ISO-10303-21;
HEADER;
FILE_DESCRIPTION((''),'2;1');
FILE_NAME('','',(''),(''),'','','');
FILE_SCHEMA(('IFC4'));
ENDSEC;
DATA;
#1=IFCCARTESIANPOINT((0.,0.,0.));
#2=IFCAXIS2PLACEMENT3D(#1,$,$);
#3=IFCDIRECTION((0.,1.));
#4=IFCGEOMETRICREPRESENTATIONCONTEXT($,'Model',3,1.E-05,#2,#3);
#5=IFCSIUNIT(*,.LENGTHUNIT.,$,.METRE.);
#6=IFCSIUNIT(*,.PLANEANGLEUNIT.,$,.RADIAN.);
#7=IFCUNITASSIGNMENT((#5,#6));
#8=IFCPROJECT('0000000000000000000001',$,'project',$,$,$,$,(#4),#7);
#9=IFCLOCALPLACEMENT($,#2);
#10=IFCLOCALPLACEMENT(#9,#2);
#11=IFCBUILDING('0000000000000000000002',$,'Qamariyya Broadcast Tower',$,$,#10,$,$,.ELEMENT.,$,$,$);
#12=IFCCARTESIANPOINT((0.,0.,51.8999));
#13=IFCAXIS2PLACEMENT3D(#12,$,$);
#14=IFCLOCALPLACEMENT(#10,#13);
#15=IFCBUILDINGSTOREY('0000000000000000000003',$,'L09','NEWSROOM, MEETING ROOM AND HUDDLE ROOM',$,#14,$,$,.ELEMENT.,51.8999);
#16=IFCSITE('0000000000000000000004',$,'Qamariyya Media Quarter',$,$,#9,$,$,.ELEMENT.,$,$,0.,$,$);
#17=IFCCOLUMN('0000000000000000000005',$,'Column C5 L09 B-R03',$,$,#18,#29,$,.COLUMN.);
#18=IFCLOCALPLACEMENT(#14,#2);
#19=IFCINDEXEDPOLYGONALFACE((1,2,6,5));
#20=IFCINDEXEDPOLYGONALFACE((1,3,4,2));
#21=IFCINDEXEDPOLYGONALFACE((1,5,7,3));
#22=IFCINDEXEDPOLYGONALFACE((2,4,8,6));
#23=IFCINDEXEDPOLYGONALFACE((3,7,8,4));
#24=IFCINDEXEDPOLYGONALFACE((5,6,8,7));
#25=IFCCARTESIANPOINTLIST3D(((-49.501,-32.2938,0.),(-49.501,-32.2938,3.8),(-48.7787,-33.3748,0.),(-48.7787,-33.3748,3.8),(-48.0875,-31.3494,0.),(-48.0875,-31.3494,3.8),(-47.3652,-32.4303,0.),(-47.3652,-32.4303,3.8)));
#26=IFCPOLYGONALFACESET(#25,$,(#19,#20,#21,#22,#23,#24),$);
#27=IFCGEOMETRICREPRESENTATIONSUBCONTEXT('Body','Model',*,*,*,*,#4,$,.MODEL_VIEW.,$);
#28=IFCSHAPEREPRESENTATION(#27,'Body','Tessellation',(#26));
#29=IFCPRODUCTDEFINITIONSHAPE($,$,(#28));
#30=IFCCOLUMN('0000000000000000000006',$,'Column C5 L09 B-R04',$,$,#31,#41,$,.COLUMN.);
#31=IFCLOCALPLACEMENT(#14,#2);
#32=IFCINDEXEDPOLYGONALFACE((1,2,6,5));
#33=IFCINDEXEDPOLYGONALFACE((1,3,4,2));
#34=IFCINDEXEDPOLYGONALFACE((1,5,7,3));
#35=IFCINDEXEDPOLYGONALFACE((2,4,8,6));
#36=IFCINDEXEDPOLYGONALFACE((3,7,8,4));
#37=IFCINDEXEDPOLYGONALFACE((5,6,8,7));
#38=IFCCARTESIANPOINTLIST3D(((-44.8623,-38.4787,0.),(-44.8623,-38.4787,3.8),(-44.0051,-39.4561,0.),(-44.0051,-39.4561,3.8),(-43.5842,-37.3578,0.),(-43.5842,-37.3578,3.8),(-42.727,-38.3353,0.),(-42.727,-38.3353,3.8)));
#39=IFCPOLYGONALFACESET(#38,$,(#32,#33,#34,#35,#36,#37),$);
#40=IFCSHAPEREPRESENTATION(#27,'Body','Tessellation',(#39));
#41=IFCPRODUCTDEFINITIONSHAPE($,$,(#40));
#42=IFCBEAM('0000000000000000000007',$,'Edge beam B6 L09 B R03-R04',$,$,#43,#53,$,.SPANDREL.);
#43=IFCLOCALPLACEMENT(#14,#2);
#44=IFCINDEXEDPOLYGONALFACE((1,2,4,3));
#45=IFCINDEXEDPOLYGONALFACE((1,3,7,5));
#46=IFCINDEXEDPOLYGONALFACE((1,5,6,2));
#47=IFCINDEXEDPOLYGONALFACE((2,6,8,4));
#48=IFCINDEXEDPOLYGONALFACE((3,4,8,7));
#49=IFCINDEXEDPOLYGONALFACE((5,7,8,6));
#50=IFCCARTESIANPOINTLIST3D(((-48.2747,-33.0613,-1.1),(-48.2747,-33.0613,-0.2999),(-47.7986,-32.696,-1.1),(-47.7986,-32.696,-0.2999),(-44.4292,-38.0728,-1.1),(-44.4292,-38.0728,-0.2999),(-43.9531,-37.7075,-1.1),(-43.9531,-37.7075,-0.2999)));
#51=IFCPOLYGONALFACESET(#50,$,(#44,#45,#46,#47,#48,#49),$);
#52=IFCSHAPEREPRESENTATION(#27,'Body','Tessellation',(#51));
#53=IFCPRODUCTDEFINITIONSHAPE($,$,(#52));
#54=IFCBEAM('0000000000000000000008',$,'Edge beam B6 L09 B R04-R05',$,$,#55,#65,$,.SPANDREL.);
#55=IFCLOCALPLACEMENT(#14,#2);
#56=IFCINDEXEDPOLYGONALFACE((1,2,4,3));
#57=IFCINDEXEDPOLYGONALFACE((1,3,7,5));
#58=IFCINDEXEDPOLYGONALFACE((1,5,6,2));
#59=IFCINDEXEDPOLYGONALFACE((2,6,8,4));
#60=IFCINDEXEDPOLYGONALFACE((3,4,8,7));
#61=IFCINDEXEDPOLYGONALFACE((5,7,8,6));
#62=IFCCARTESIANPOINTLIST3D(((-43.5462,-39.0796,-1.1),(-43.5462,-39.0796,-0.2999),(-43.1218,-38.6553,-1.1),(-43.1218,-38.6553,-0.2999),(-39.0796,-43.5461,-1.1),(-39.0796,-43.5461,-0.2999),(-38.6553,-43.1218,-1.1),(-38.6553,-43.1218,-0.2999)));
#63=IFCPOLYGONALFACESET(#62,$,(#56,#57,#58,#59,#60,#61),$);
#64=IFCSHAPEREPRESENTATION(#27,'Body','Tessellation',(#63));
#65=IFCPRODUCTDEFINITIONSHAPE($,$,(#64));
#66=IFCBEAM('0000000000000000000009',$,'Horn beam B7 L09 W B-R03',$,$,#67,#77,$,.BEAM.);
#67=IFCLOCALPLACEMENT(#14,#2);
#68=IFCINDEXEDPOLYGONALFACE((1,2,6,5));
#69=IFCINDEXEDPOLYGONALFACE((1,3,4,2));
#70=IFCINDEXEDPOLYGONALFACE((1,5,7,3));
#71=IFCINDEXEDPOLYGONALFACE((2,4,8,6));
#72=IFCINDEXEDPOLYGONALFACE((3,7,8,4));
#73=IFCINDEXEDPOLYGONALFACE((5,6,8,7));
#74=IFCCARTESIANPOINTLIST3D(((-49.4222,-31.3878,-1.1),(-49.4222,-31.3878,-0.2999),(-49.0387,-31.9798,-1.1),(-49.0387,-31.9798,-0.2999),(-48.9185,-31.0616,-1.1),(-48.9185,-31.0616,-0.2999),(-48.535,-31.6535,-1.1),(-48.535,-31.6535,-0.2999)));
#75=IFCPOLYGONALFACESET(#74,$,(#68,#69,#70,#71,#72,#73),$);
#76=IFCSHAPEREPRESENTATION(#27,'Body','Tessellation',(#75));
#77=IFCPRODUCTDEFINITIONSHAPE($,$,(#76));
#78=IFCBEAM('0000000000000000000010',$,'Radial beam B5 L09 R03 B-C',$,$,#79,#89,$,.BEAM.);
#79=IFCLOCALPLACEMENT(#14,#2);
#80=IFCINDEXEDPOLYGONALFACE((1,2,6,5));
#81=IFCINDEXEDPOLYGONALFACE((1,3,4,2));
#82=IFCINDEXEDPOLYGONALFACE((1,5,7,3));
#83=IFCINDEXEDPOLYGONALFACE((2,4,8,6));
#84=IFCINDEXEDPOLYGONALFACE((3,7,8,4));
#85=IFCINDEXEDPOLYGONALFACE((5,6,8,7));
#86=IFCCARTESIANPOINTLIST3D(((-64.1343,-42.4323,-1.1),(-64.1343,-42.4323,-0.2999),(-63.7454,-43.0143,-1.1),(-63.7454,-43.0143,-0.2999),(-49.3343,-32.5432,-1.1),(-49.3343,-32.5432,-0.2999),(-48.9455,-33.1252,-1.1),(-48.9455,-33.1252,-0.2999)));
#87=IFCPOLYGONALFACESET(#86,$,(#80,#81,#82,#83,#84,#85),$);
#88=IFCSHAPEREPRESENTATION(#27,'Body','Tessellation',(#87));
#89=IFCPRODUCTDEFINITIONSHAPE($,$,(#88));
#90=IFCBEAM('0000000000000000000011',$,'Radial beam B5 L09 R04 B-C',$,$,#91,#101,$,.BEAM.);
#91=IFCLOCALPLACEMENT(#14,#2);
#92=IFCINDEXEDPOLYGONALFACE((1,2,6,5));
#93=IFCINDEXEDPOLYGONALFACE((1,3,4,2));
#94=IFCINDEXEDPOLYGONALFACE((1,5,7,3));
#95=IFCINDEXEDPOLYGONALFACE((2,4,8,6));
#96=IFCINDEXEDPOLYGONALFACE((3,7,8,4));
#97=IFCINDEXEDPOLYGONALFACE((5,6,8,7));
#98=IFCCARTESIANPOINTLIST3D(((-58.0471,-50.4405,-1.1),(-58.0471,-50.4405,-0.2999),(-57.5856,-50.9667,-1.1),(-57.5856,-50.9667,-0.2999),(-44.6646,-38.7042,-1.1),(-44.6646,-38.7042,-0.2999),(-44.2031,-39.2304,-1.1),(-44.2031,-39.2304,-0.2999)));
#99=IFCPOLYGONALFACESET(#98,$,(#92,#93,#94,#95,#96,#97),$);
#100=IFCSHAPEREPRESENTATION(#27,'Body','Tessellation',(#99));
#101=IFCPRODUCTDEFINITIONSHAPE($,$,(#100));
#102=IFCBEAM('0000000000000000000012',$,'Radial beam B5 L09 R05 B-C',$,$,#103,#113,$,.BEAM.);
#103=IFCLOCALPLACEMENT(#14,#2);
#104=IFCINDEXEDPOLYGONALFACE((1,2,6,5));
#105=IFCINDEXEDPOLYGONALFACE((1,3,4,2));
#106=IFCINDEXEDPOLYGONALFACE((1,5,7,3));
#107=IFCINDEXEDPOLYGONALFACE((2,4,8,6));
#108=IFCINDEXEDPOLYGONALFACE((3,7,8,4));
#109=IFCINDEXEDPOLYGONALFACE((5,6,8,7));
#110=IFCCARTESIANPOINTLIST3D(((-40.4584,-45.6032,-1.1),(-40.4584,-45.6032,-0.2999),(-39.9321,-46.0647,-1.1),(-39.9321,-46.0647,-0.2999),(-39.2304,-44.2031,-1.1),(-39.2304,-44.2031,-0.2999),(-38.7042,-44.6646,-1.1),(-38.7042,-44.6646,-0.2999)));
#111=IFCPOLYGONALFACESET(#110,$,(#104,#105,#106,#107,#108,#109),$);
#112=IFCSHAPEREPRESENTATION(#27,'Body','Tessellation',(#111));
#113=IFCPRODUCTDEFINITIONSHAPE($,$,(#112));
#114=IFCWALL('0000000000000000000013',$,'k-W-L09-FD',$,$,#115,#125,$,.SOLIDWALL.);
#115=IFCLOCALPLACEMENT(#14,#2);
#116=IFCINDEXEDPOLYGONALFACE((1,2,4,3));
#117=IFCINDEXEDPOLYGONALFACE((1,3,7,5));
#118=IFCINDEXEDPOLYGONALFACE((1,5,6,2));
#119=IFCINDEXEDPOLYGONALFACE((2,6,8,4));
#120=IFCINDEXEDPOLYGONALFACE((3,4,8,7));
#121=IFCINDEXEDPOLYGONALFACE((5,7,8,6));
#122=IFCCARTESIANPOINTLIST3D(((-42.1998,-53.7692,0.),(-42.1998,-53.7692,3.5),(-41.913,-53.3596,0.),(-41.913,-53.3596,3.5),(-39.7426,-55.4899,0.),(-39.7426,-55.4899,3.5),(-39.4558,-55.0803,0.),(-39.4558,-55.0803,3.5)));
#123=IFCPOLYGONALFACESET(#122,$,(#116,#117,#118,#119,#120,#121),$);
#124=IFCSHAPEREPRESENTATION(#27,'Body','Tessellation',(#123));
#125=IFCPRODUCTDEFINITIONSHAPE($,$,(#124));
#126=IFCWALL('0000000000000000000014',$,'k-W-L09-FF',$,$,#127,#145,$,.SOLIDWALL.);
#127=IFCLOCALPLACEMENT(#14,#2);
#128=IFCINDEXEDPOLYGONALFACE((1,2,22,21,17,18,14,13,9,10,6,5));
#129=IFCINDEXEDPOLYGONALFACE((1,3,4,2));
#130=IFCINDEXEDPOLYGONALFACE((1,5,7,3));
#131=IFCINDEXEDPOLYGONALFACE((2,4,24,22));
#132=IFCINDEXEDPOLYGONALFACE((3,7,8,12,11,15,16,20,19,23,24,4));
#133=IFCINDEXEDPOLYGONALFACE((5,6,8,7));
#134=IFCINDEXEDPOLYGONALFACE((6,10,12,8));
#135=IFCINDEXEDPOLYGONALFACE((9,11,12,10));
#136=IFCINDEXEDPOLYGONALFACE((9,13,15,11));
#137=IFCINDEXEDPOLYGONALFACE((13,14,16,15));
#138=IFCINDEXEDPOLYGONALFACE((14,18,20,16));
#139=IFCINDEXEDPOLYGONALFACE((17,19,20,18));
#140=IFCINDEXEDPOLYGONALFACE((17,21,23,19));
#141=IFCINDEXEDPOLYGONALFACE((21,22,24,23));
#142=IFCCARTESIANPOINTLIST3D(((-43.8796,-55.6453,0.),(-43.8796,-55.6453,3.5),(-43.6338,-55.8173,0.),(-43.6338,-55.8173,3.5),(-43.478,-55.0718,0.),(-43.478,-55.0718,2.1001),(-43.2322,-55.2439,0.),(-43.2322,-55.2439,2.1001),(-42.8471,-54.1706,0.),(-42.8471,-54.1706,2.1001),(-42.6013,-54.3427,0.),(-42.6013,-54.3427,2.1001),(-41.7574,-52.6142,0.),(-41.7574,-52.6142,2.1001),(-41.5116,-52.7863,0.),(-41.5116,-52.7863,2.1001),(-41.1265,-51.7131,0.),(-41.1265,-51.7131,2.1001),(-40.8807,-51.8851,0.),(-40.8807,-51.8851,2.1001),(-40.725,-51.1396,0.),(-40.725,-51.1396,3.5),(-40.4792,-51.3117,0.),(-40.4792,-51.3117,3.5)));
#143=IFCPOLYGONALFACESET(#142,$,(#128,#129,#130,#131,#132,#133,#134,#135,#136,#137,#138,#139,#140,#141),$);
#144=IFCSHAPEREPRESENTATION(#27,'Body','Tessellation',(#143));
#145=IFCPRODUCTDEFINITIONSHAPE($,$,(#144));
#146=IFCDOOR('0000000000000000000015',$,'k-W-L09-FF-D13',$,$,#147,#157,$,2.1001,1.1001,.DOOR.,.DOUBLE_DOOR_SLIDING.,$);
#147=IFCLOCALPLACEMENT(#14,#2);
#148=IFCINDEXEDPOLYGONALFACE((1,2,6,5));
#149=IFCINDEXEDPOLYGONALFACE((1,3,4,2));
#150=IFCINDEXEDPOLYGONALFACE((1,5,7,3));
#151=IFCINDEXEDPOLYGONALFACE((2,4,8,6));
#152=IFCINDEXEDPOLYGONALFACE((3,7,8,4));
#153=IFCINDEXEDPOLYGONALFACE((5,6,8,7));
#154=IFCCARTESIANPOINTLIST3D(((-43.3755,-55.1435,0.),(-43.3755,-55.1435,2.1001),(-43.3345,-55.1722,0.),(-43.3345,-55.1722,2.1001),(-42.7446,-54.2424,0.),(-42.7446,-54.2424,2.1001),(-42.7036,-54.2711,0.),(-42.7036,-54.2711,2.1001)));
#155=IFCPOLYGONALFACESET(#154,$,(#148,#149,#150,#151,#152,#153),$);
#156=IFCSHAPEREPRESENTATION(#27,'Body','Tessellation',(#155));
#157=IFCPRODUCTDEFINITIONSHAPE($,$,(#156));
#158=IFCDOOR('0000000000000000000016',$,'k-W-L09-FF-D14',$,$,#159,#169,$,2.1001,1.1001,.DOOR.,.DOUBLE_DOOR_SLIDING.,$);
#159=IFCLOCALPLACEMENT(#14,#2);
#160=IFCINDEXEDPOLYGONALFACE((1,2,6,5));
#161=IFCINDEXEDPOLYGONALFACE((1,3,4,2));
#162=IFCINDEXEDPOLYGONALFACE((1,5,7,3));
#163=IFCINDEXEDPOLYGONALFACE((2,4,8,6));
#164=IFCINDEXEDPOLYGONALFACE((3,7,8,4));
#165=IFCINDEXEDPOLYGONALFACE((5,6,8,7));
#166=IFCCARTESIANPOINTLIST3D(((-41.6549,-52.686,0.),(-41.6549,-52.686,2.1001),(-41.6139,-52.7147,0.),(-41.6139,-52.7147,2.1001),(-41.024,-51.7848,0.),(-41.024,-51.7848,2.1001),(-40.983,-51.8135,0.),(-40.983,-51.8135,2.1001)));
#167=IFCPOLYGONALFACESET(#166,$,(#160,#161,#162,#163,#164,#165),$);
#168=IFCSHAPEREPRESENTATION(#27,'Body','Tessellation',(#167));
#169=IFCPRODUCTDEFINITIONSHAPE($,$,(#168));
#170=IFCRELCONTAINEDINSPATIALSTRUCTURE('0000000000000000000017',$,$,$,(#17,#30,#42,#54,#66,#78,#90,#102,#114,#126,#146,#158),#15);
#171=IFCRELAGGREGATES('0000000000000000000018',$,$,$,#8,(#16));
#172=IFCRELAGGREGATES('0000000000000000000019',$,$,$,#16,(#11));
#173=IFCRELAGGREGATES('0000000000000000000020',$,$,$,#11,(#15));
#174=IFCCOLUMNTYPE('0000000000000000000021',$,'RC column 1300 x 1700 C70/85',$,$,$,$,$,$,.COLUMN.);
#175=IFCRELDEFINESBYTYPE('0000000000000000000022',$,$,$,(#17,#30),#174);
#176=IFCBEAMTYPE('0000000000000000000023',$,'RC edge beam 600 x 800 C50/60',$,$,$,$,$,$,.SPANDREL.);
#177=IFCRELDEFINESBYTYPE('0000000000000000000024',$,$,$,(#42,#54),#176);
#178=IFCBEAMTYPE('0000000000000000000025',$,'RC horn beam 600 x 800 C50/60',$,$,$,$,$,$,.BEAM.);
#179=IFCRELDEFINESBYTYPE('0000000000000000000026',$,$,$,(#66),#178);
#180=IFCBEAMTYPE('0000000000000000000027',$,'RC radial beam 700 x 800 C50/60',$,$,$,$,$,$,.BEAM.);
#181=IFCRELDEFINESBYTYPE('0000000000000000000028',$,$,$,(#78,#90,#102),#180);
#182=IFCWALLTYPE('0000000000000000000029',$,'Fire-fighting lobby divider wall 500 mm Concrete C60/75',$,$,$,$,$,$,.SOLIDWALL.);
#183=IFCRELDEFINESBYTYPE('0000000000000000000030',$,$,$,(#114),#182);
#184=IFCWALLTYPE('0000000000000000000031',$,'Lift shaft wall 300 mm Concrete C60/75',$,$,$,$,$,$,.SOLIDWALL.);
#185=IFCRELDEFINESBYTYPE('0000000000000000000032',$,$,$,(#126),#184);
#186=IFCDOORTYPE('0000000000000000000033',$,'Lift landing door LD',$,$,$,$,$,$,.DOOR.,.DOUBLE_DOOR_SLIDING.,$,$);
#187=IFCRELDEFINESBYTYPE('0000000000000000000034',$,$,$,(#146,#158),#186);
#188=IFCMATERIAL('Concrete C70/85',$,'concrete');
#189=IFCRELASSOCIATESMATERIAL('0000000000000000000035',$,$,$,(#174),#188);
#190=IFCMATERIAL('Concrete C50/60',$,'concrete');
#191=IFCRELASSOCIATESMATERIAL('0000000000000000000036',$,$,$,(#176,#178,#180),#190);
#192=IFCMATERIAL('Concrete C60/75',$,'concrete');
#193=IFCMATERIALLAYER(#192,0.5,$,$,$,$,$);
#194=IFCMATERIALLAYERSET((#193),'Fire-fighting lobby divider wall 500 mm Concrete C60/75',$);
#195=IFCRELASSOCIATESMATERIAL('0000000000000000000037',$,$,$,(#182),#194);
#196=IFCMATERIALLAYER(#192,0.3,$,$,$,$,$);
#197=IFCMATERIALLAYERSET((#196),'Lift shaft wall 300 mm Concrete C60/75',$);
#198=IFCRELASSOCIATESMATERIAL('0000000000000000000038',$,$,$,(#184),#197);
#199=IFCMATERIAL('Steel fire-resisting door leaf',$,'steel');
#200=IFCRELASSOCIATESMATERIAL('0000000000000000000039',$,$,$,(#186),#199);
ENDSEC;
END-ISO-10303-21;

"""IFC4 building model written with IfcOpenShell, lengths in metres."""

from ifc_helpers import new_model, si_unit, direction, frame, frame_2d, origin, origin_2d, place, context, subcontext, project, spatial, rectangle, extrude, material, layer, layer_set, material_profile, profile_set, type_object, element, fill, save


model = new_model("IFC4")

# Units and contexts
model_context = context("Model", 3, precision=1e-05, world=origin(), true_north=direction((0.0, 1.0)))
body_context = subcontext(model_context, "Body", "Model", "MODEL_VIEW")
ifc_project = project(units=[si_unit("LENGTHUNIT", "METRE"), si_unit("PLANEANGLEUNIT", "RADIAN")], contexts=[model_context])

# Site, building, storey
site_placement = place(None, origin())
site = spatial("IfcSite", under=ifc_project, at=site_placement, Name="Qamariyya Media Quarter", CompositionType="ELEMENT", RefElevation=0.0)
building_placement = place(site_placement, origin())
building = spatial("IfcBuilding", under=site, at=building_placement, Name="Qamariyya Broadcast Tower", CompositionType="ELEMENT")
storey_placement = place(building_placement, frame((0.0, 0.0, 51.8999)))
storey = spatial("IfcBuildingStorey", under=building, at=storey_placement, Name="L09", Description="NEWSROOM, MEETING ROOM AND HUDDLE ROOM", CompositionType="ELEMENT", Elevation=51.8999)

# Columns
ifc_material_1 = material(Name="Concrete C70/85", Category="concrete")
ifc_material_profile_1 = material_profile(ifc_material_1, rectangle(XDim=1.3, YDim=1.7, at=origin_2d()))
ifc_profile_set_1 = profile_set([ifc_material_profile_1], Name="Concrete C70/85")
column_type = type_object("IfcColumnType", Name="RC column 1300 x 1700 C70/85", PredefinedType="COLUMN", material=ifc_profile_set_1)
for number, where, z_axis, x_axis, name in (
    (1, (-48.4331, -32.3621, 0.0), (0.0, 0.0, 1.0), (0.55557, -0.83147, 0.0), "Column C5 L09 B-R03"),
    (2, (-43.7947, -38.407, 0.0), (0.0, 0.0, 1.0), (0.659346, -0.75184, 0.0), "Column C5 L09 B-R04"),
):
    element("IfcColumn", number, at=place(storey_placement, frame(where, z_axis=z_axis, x_axis=x_axis)), inside=storey, type_object=column_type, Name=name, PredefinedType="COLUMN", context=body_context, shape_type="SweptSolid", body=[
        extrude(rectangle(XDim=1.3, YDim=1.7, at=origin_2d()), origin(), (0.0, 0.0, 1.0), 3.8),
    ])

# Beams
ifc_material_2 = material(Name="Concrete C50/60", Category="concrete")
ifc_material_profile_2 = material_profile(ifc_material_2, rectangle(XDim=0.6001, YDim=0.8, at=origin_2d()))
ifc_profile_set_2 = profile_set([ifc_material_profile_2], Name="Concrete C50/60")
beam_type_1 = type_object("IfcBeamType", Name="RC edge beam 600 x 800 C50/60", PredefinedType="SPANDREL", material=ifc_profile_set_2)
beam_1_placement = place(storey_placement, frame((-48.0366, -32.8787, -0.7), z_axis=(0.608763, -0.793352, 0.0), x_axis=(0.793352, 0.608763, 0.0)))
element("IfcBeam", 3, at=beam_1_placement, inside=storey, type_object=beam_type_1, Name="Edge beam B6 L09 B R03-R04", PredefinedType="SPANDREL", context=body_context, shape_type="SweptSolid", body=[
    extrude(rectangle(XDim=0.6001, YDim=0.8, at=origin_2d()), origin(), (0.0, 0.0, 1.0), 6.3169),
])
beam_2_placement = place(storey_placement, frame((-43.334, -38.8674, -0.7), z_axis=(0.707107, -0.707107, 0.0), x_axis=(0.707107, 0.707107, 0.0)))
element("IfcBeam", 4, at=beam_2_placement, inside=storey, type_object=beam_type_1, Name="Edge beam B6 L09 B R04-R05", PredefinedType="SPANDREL", context=body_context, shape_type="SweptSolid", body=[
    extrude(rectangle(XDim=0.6001, YDim=0.8, at=origin_2d()), origin(), (0.0, 0.0, 1.0), 6.3167),
])
ifc_material_profile_3 = material_profile(ifc_material_2, rectangle(XDim=0.6001, YDim=0.8, at=origin_2d()))
ifc_profile_set_3 = profile_set([ifc_material_profile_3], Name="Concrete C50/60")
beam_type_2 = type_object("IfcBeamType", Name="RC horn beam 600 x 800 C50/60", PredefinedType="BEAM", material=ifc_profile_set_3)
beam_3_placement = place(storey_placement, frame((-48.7869, -31.8167, -0.7), z_axis=(-0.54371, 0.839273, 0.0), x_axis=(-0.839273, -0.54371, 0.0)))
element("IfcBeam", 5, at=beam_3_placement, inside=storey, type_object=beam_type_2, Name="Horn beam B7 L09 W B-R03", PredefinedType="BEAM", context=body_context, shape_type="SweptSolid", body=[
    extrude(rectangle(XDim=0.6001, YDim=0.8, at=origin_2d()), origin(), (0.0, 0.0, 1.0), 0.7053),
])
ifc_material_profile_4 = material_profile(ifc_material_2, rectangle(XDim=0.7, YDim=0.8, at=origin_2d()))
ifc_profile_set_4 = profile_set([ifc_material_profile_4], Name="Concrete C50/60")
beam_type_3 = type_object("IfcBeamType", Name="RC radial beam 700 x 800 C50/60", PredefinedType="BEAM", material=ifc_profile_set_4)
for number, where, z_axis, x_axis, name in (
    (6, (-49.1399, -32.8342, -0.7), (-0.831467, -0.555573, 0.0), (0.555573, -0.831467, 0.0), "Radial beam B5 L09 R03 B-C"),
    (7, (-44.4338, -38.9673, -0.7), (-0.751836, -0.65935, 0.0), (0.65935, -0.751836, 0.0), "Radial beam B5 L09 R04 B-C"),
):
    element("IfcBeam", number, at=place(storey_placement, frame(where, z_axis=z_axis, x_axis=x_axis)), inside=storey, type_object=beam_type_3, Name=name, PredefinedType="BEAM", context=body_context, shape_type="SweptSolid", body=[
        extrude(rectangle(XDim=0.7, YDim=0.8, at=origin_2d()), origin(), (0.0, 0.0, 1.0), 17.7998),
    ])
beam_4_placement = place(storey_placement, frame((-38.9673, -44.4338, -0.7), z_axis=(-0.659386, -0.751805, 0.0), x_axis=(0.751805, -0.659386, 0.0)))
element("IfcBeam", 8, at=beam_4_placement, inside=storey, type_object=beam_type_3, Name="Radial beam B5 L09 R05 B-C", PredefinedType="BEAM", context=body_context, shape_type="SweptSolid", body=[
    extrude(rectangle(XDim=0.7, YDim=0.8, at=origin_2d()), origin(), (0.0, 0.0, 1.0), 1.8623),
])

# Wall
ifc_material_3 = material(Name="Concrete C60/75", Category="concrete")
ifc_layer_1 = layer(ifc_material_3, 0.5)
ifc_layer_set_1 = layer_set([ifc_layer_1], Name="Fire-fighting lobby divider wall 500 mm Concrete C60/75")
wall_type_1 = type_object("IfcWallType", Name="Fire-fighting lobby divider wall 500 mm Concrete C60/75", PredefinedType="SOLIDWALL", material=ifc_layer_set_1)
wall_1_placement = place(storey_placement, frame((-39.5991, -55.2852, 0.0), z_axis=(0.0, 0.0, 1.0), x_axis=(-0.819136, 0.573599, 0.0)))
element("IfcWall", 9, at=wall_1_placement, inside=storey, type_object=wall_type_1, Name="k-W-L09-FD", PredefinedType="SOLIDWALL", context=body_context, shape_type="SweptSolid", body=[
    extrude(rectangle(XDim=2.9998, YDim=0.5, at=frame_2d((1.5, 0.0))), origin(), (0.0, 0.0, 1.0), 3.5),
])

# Wall, openings, doors
ifc_layer_2 = layer(ifc_material_3, 0.3)
ifc_layer_set_2 = layer_set([ifc_layer_2], Name="Lift shaft wall 300 mm Concrete C60/75")
wall_type_2 = type_object("IfcWallType", Name="Lift shaft wall 300 mm Concrete C60/75", PredefinedType="SOLIDWALL", material=ifc_layer_set_2)
wall_2_placement = place(storey_placement, frame((-43.7566, -55.7312, 0.0), z_axis=(0.0, 0.0, 1.0), x_axis=(0.573537, 0.81918, 0.0)))
wall_2 = element("IfcWall", 10, at=wall_2_placement, inside=storey, type_object=wall_type_2, Name="k-W-L09-FF", PredefinedType="SOLIDWALL", context=body_context, shape_type="SweptSolid", body=[
    extrude(rectangle(XDim=5.5002, YDim=0.3, at=frame_2d((2.75, 0.0))), origin(), (0.0, 0.0, 1.0), 3.5),
])
opening_1_placement = place(wall_2_placement, frame((0.7, 0.0, 0.0)))
opening_1 = element("IfcOpeningElement", 11, at=opening_1_placement, cuts=wall_2, PredefinedType="OPENING", context=body_context, shape_type="SweptSolid", body=[
    extrude(rectangle(XDim=1.1001, YDim=2.1001, at=frame_2d((0.55, 1.05))), frame((0.0, 0.1599, 0.0), z_axis=(0.0, -1.0, 0.0), x_axis=(1.0, 0.0, 0.0)), (0.0, 0.0, 1.0), 0.3201),
])
opening_2_placement = place(wall_2_placement, frame((3.7, 0.0, 0.0)))
opening_2 = element("IfcOpeningElement", 12, at=opening_2_placement, cuts=wall_2, PredefinedType="OPENING", context=body_context, shape_type="SweptSolid", body=[
    extrude(rectangle(XDim=1.1001, YDim=2.1001, at=frame_2d((0.55, 1.05))), frame((0.0, 0.1599, 0.0), z_axis=(0.0, -1.0, 0.0), x_axis=(1.0, 0.0, 0.0)), (0.0, 0.0, 1.0), 0.3201),
])
ifc_material_4 = material(Name="Steel fire-resisting door leaf", Category="steel")
door_type = type_object("IfcDoorType", Name="Lift landing door LD", OperationType="DOUBLE_DOOR_SLIDING", PredefinedType="DOOR", material=ifc_material_4)
door_1_placement = place(opening_1_placement, origin())
door_1 = element("IfcDoor", 13, at=door_1_placement, inside=storey, type_object=door_type, Name="k-W-L09-FF-D13", OperationType="DOUBLE_DOOR_SLIDING", OverallHeight=2.1001, OverallWidth=1.1001, PredefinedType="DOOR", context=body_context, shape_type="SweptSolid", body=[
    extrude(rectangle(XDim=1.1001, YDim=2.1001, at=frame_2d((0.55, 1.05))), frame((0.0, 0.0249, 0.0), z_axis=(0.0, -1.0, 0.0), x_axis=(1.0, 0.0, 0.0)), (0.0, 0.0, 1.0), 0.05),
])
fill(opening_1, door_1)
door_2_placement = place(opening_2_placement, origin())
door_2 = element("IfcDoor", 14, at=door_2_placement, inside=storey, type_object=door_type, Name="k-W-L09-FF-D14", OperationType="DOUBLE_DOOR_SLIDING", OverallHeight=2.1001, OverallWidth=1.1001, PredefinedType="DOOR", context=body_context, shape_type="SweptSolid", body=[
    extrude(rectangle(XDim=1.1001, YDim=2.1001, at=frame_2d((0.55, 1.05))), frame((0.0, 0.0249, 0.0), z_axis=(0.0, -1.0, 0.0), x_axis=(1.0, 0.0, 0.0)), (0.0, 0.0, 1.0), 0.05),
])
fill(opening_2, door_2)

save(model, "model.ifc")
